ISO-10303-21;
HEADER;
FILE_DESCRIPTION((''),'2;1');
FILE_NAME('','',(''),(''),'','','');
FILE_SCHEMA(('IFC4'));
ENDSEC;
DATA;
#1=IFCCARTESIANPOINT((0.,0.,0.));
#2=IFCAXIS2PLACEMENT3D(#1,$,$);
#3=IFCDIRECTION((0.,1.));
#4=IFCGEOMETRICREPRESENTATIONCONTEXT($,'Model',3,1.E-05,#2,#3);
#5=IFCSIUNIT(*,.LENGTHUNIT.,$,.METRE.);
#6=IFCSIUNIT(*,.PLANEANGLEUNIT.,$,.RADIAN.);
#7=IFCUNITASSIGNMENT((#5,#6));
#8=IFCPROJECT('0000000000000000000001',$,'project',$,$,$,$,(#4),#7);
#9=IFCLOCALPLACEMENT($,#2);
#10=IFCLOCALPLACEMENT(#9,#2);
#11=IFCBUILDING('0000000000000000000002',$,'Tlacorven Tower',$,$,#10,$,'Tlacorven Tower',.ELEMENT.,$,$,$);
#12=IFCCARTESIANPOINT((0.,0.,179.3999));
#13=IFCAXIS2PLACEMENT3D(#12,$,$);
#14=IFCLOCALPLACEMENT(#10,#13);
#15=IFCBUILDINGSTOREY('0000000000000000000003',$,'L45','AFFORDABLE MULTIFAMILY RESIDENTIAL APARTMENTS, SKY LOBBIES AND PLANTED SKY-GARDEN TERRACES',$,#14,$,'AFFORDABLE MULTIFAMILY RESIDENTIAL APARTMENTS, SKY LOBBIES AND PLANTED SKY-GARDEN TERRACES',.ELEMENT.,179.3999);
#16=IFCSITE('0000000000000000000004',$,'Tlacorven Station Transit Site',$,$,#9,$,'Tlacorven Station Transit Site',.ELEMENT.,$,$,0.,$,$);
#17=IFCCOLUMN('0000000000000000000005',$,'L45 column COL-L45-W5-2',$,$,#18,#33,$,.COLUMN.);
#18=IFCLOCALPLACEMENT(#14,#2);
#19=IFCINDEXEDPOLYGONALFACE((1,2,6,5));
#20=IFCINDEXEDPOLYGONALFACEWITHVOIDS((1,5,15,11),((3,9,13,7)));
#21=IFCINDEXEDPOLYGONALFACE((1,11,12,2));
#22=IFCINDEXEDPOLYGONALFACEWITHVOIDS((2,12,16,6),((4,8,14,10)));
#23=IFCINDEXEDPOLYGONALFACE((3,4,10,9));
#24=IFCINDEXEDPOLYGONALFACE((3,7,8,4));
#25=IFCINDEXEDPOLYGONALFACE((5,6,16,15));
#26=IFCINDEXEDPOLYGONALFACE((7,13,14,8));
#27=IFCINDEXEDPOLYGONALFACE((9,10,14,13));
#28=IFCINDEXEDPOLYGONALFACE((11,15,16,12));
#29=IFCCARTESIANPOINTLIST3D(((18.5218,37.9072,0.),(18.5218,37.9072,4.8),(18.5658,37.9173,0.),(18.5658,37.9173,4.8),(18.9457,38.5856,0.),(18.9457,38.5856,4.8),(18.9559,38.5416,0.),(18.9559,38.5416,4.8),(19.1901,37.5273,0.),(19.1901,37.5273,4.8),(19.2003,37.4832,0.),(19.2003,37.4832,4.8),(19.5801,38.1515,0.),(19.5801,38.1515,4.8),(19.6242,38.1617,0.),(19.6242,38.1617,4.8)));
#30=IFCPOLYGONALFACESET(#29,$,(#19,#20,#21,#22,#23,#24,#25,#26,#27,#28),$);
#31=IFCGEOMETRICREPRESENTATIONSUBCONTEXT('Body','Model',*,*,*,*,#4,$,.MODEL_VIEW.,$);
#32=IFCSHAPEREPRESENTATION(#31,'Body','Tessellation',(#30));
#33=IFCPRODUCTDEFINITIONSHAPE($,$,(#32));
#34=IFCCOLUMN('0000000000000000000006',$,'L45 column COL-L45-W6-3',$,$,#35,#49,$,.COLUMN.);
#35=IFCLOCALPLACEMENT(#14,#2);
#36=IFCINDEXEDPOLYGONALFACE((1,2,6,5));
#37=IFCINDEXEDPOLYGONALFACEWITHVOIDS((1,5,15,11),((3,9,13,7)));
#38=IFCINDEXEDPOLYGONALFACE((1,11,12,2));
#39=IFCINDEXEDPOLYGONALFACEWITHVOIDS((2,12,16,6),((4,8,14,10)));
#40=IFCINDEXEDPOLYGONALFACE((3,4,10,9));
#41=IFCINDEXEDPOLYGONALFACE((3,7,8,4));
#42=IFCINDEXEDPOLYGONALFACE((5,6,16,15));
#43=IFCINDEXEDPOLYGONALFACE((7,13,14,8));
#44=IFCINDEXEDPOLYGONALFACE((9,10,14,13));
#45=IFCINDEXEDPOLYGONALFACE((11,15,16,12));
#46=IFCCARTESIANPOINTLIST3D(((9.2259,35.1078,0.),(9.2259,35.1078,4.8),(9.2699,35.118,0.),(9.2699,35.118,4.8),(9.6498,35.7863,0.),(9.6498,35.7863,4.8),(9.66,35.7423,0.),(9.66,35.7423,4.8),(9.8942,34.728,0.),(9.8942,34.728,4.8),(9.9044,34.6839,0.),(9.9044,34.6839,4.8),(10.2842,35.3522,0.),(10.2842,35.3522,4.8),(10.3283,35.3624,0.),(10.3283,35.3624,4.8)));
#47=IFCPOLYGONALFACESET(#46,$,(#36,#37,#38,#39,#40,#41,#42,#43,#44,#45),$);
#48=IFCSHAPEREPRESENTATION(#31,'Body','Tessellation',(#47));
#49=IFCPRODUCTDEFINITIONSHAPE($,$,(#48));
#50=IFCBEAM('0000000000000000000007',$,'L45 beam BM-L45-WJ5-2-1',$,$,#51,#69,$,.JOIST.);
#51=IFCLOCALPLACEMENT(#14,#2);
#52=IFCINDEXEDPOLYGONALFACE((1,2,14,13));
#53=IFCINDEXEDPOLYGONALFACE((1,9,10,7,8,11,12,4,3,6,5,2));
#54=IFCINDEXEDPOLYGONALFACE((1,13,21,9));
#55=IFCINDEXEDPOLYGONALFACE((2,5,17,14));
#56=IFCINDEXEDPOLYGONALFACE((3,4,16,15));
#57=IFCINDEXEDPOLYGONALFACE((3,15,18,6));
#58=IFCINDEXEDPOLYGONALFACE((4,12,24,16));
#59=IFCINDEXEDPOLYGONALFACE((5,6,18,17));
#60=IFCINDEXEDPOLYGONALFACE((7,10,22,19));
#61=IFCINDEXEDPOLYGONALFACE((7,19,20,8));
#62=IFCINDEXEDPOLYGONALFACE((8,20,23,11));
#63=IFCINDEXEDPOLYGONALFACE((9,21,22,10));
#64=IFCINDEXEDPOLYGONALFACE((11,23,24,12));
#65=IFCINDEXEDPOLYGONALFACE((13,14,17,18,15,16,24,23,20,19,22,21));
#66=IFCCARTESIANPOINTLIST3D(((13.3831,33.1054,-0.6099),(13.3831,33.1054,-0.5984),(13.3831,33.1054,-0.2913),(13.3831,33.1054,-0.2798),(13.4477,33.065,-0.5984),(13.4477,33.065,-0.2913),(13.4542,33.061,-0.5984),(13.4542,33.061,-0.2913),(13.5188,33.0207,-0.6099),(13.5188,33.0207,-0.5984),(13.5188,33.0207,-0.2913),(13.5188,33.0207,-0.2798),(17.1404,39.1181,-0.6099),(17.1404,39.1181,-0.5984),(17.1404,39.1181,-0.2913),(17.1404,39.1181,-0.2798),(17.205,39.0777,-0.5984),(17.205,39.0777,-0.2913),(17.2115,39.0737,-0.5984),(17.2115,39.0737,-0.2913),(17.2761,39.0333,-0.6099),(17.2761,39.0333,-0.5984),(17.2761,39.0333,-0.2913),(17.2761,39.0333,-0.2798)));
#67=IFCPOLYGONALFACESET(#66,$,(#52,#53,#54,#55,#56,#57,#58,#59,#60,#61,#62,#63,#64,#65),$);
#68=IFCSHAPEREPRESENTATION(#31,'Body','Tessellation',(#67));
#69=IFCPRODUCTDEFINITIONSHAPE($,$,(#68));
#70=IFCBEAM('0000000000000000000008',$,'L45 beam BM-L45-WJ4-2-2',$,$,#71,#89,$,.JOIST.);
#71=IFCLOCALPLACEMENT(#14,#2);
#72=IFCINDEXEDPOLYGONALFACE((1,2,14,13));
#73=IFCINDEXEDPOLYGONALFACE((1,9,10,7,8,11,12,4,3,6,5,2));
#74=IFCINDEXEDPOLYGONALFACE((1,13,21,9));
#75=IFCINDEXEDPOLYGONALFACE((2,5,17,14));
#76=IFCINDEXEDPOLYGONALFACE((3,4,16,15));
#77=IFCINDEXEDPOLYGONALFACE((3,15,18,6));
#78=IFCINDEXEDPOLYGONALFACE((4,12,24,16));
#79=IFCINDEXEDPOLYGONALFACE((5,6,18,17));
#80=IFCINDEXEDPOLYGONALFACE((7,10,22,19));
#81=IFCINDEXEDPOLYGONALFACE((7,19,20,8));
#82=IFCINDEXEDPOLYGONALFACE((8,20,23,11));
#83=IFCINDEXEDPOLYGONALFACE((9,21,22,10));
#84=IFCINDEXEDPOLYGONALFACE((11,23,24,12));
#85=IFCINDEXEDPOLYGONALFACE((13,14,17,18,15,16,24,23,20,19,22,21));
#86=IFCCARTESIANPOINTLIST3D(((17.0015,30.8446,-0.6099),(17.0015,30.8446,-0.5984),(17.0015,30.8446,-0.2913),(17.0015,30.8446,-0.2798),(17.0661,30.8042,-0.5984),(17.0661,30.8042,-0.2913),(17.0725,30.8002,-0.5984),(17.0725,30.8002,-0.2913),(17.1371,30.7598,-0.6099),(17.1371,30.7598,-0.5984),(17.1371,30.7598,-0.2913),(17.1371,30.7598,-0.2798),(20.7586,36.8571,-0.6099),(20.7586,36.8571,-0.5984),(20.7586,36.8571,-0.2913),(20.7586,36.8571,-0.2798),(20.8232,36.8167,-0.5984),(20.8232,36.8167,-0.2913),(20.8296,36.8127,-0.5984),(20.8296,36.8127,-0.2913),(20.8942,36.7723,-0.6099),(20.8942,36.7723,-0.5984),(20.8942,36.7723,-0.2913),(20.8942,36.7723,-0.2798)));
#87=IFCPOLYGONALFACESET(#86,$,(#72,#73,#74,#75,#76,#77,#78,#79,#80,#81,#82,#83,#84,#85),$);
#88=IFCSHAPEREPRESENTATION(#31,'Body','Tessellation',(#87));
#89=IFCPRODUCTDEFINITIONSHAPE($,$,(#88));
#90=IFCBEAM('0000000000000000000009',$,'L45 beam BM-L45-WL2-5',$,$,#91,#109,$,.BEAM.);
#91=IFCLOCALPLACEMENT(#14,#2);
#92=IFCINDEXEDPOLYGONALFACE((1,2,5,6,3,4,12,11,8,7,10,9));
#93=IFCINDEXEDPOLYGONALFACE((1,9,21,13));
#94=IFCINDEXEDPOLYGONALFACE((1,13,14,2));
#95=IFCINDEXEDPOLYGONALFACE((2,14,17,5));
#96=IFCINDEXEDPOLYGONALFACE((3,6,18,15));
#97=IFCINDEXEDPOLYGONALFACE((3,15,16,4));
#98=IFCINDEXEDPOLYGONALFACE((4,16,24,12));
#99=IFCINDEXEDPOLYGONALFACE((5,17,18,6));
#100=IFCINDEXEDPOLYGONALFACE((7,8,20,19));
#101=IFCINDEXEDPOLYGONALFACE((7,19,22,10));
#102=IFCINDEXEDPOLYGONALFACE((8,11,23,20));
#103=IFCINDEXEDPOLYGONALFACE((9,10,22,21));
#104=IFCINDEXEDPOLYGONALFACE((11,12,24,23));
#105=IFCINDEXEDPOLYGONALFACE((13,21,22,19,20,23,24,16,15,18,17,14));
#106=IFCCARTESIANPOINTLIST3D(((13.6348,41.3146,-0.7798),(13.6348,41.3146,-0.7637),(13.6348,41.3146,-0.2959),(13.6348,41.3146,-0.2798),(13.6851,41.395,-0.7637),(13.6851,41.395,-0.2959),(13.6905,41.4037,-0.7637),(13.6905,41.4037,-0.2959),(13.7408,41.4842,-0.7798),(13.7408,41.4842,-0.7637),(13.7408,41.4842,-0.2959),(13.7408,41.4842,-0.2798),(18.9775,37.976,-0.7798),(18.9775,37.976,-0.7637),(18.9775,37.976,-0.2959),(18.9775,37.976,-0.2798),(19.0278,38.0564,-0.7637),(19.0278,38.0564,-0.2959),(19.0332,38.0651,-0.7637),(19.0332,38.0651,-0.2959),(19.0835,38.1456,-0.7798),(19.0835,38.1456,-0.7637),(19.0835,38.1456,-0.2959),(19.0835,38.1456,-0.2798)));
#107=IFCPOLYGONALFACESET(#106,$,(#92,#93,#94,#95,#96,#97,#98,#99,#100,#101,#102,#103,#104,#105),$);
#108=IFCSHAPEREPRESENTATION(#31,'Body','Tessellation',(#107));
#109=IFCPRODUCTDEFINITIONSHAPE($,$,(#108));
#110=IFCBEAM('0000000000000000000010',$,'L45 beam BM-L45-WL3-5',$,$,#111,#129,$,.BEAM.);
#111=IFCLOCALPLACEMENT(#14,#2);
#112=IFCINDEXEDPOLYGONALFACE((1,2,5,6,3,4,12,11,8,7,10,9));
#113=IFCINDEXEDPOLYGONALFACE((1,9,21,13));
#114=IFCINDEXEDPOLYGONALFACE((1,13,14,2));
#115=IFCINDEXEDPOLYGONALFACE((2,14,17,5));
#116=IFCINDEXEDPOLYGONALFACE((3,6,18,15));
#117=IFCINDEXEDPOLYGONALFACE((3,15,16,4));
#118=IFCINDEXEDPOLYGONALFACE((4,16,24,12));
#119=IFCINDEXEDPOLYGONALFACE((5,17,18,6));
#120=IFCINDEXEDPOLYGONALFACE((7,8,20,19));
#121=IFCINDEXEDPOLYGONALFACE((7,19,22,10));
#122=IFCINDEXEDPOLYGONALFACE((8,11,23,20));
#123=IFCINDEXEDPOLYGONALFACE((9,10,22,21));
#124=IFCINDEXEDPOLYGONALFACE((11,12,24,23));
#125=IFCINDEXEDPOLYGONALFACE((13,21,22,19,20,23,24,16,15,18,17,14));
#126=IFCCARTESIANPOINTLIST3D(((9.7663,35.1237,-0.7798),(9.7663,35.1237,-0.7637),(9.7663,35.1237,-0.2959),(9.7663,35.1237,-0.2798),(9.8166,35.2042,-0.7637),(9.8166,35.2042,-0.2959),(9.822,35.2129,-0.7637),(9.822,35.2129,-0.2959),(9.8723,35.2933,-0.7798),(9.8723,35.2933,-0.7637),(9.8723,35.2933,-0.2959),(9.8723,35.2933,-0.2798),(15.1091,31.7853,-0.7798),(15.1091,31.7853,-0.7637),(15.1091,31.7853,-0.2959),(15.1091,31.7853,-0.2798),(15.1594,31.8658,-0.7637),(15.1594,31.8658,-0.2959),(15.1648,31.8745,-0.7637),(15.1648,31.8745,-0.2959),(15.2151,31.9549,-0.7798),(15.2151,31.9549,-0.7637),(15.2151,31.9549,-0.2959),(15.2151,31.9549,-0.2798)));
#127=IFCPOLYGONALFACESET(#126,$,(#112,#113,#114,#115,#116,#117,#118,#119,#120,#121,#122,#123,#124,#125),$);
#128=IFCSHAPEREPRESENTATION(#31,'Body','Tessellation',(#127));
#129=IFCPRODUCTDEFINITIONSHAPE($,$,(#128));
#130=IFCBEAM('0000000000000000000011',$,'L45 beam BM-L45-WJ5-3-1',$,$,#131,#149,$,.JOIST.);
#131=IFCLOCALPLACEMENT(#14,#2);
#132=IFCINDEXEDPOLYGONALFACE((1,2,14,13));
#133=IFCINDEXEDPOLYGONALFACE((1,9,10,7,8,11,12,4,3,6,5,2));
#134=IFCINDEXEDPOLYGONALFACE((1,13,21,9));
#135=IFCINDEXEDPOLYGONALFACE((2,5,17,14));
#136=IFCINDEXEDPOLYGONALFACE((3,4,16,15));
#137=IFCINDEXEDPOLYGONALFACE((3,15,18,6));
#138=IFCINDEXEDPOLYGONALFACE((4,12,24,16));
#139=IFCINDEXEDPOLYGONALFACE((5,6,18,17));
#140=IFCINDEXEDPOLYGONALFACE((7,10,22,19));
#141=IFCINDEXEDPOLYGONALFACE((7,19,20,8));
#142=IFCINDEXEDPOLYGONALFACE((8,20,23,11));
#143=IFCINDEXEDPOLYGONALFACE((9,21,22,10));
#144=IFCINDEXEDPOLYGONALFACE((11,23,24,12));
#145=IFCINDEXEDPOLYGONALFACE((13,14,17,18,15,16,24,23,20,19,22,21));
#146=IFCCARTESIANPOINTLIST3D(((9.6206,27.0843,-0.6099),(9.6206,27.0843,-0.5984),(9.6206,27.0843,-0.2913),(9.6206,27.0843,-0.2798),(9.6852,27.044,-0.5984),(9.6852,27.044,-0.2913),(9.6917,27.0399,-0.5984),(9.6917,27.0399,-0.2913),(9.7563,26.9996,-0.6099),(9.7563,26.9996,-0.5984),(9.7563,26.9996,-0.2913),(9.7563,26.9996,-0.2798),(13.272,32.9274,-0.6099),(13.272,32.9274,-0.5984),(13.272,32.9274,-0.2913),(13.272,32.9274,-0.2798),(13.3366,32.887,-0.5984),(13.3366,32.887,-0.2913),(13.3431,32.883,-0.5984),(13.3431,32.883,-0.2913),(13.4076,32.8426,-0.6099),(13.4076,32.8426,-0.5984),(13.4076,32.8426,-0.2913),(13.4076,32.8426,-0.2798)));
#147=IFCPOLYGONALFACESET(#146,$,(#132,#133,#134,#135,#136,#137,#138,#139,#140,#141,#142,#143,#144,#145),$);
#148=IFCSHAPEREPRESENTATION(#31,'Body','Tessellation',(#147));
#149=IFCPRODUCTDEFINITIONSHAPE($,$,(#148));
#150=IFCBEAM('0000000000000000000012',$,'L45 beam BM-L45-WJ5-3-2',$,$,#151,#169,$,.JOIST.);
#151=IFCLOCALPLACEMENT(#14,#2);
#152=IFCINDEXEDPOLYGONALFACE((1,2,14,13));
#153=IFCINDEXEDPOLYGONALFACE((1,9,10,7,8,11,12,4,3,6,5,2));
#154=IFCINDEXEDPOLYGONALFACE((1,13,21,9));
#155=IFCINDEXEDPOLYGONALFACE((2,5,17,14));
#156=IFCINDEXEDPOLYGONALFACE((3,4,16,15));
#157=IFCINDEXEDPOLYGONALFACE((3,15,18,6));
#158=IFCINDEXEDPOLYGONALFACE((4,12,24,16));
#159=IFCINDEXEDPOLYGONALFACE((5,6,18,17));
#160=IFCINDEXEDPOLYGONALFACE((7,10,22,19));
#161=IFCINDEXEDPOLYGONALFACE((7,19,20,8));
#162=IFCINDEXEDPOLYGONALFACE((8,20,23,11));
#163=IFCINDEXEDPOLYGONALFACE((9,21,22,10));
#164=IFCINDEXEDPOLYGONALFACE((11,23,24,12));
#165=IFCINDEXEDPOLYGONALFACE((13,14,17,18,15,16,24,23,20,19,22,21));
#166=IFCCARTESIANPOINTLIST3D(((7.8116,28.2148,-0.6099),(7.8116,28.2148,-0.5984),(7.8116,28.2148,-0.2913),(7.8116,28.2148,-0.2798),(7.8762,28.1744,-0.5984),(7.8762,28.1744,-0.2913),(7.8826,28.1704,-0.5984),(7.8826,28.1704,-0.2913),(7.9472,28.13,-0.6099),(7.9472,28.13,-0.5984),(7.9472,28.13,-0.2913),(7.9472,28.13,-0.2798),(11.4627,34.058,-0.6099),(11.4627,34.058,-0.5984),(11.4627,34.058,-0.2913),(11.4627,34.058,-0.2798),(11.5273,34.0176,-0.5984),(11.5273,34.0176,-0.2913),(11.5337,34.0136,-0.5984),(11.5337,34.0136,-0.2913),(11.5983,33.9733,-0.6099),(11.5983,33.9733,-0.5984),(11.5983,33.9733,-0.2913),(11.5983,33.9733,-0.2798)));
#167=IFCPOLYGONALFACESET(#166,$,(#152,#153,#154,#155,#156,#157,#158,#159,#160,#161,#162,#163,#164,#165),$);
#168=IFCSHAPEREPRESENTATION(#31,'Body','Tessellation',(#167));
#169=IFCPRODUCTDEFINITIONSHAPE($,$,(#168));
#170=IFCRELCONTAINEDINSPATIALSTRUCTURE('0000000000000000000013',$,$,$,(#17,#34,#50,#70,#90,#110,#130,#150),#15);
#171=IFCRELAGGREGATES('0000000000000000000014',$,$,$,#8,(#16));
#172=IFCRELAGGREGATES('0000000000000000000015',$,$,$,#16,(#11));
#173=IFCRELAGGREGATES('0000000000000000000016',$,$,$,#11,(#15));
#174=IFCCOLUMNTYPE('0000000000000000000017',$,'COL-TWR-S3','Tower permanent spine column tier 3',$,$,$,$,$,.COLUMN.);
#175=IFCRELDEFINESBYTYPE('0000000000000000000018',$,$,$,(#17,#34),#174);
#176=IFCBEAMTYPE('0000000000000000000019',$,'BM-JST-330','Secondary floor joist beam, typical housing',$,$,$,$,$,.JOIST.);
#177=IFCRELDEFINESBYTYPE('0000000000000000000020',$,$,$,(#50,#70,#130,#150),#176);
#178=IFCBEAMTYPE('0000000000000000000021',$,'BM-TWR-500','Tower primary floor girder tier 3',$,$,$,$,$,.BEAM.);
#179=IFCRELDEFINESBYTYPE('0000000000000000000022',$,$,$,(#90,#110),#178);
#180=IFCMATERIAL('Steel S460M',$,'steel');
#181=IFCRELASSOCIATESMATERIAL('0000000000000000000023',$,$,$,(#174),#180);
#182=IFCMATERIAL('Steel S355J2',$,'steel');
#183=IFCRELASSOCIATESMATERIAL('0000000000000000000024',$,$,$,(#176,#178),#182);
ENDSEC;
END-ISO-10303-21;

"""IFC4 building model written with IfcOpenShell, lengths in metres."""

from ifc_helpers import new_model, si_unit, direction, frame, origin, origin_2d, place, context, subcontext, project, spatial, hollow_rectangle, i_section, extrude, source, transform, mapped, material, material_profile, profile_set, type_object, element, save


model = new_model("IFC4")

# Units and contexts
model_context = context("Model", 3, precision=1e-05, world=origin(), true_north=direction((0.0, 1.0)))
body_context = subcontext(model_context, "Body", "Model", "MODEL_VIEW")
ifc_project = project(units=[si_unit("LENGTHUNIT", "METRE"), si_unit("PLANEANGLEUNIT", "RADIAN")], contexts=[model_context])

# Site, building, storey
site_placement = place(None, origin())
site = spatial("IfcSite", under=ifc_project, at=site_placement, Name="Tlacorven Station Transit Site", LongName="Tlacorven Station Transit Site", CompositionType="ELEMENT", RefElevation=0.0)
building_placement = place(site_placement, origin())
building = spatial("IfcBuilding", under=site, at=building_placement, Name="Tlacorven Tower", LongName="Tlacorven Tower", CompositionType="ELEMENT")
storey_placement = place(building_placement, frame((0.0, 0.0, 179.3999)))
storey = spatial("IfcBuildingStorey", under=building, at=storey_placement, Name="L45", Description="AFFORDABLE MULTIFAMILY RESIDENTIAL APARTMENTS, SKY LOBBIES AND PLANTED SKY-GARDEN TERRACES", LongName="AFFORDABLE MULTIFAMILY RESIDENTIAL APARTMENTS, SKY LOBBIES AND PLANTED SKY-GARDEN TERRACES", CompositionType="ELEMENT", Elevation=179.3999)

# Columns
ifc_material_1 = material(Name="Steel S460M", Category="steel")
ifc_material_profile_1 = material_profile(ifc_material_1, hollow_rectangle(XDim=0.8, YDim=0.8, WallThickness=0.032, at=origin_2d()), Name="BOX 800X800X32")
ifc_profile_set_1 = profile_set([ifc_material_profile_1], Name="Steel S460M")
column_type = type_object("IfcColumnType", Name="COL-TWR-S3", Description="Tower permanent spine column tier 3", PredefinedType="COLUMN", material=ifc_profile_set_1)
shared_shape_1 = source(origin(), body_context, "Body", "SweptSolid", [
    extrude(hollow_rectangle(XDim=0.8, YDim=0.8, WallThickness=0.032, at=origin_2d()), origin(), (0.0, 0.0, 1.0), 4.8),
])
for number, where, z_axis, x_axis, name in (
    (1, (19.073, 38.0344, 0.0), (0.0, 0.0, 1.0), (-0.848048, 0.529919, 0.0), "L45 column COL-L45-W5-2"),
    (2, (9.7771, 35.2351, 0.0), (0.0, 0.0, 1.0), (-0.848048, 0.529919, 0.0), "L45 column COL-L45-W6-3"),
):
    element("IfcColumn", number, at=place(storey_placement, frame(where, z_axis=z_axis, x_axis=x_axis)), inside=storey, type_object=column_type, Name=name, PredefinedType="COLUMN", context=body_context, shape_type="MappedRepresentation", body=[
        mapped(shared_shape_1, transform((0.0, 0.0, 0.0), scale=1.0)),
    ])

# Beams
ifc_material_2 = material(Name="Steel S355J2", Category="steel")
ifc_material_profile_2 = material_profile(ifc_material_2, i_section(OverallWidth=0.1599, OverallDepth=0.3301, WebThickness=0.0076, FlangeThickness=0.0115, at=origin_2d()), Name="IPE 330")
ifc_profile_set_2 = profile_set([ifc_material_profile_2], Name="Steel S355J2")
beam_type_1 = type_object("IfcBeamType", Name="BM-JST-330", Description="Secondary floor joist beam, typical housing", PredefinedType="JOIST", material=ifc_profile_set_2)
shared_shape_2 = source(origin(), body_context, "Body", "SweptSolid", [
    extrude(i_section(OverallWidth=0.1599, OverallDepth=0.3301, WebThickness=0.0076, FlangeThickness=0.0115, at=origin_2d()), origin(), (0.0, 0.0, 1.0), 7.0901),
])
beam_1_placement = place(storey_placement, frame((17.2083, 39.0757, -0.4448), z_axis=(-0.529937, -0.848037, 0.0), x_axis=(0.848037, -0.529937, 0.0)))
element("IfcBeam", 3, at=beam_1_placement, inside=storey, type_object=beam_type_1, Name="L45 beam BM-L45-WJ5-2-1", PredefinedType="JOIST", context=body_context, shape_type="MappedRepresentation", body=[
    mapped(shared_shape_2, transform((0.0, 0.0, 0.0), scale=1.0)),
])
shared_shape_3 = source(origin(), body_context, "Body", "SweptSolid", [
    extrude(i_section(OverallWidth=0.1599, OverallDepth=0.3301, WebThickness=0.0076, FlangeThickness=0.0115, at=origin_2d()), origin(), (0.0, 0.0, 1.0), 7.0898),
])
beam_2_placement = place(storey_placement, frame((20.8264, 36.8147, -0.4448), z_axis=(-0.529928, -0.848043, 0.0), x_axis=(0.848043, -0.529928, 0.0)))
element("IfcBeam", 4, at=beam_2_placement, inside=storey, type_object=beam_type_1, Name="L45 beam BM-L45-WJ4-2-2", PredefinedType="JOIST", context=body_context, shape_type="MappedRepresentation", body=[
    mapped(shared_shape_3, transform((0.0, 0.0, 0.0), scale=1.0)),
])
ifc_material_profile_3 = material_profile(ifc_material_2, i_section(OverallWidth=0.2, OverallDepth=0.5, WebThickness=0.0103, FlangeThickness=0.0161, at=origin_2d()), Name="IPE 500")
ifc_profile_set_3 = profile_set([ifc_material_profile_3], Name="Steel S355J2")
beam_type_2 = type_object("IfcBeamType", Name="BM-TWR-500", Description="Tower primary floor girder tier 3", PredefinedType="BEAM", material=ifc_profile_set_3)
shared_shape_4 = source(origin(), body_context, "Body", "SweptSolid", [
    extrude(i_section(OverallWidth=0.2, OverallDepth=0.5, WebThickness=0.0103, FlangeThickness=0.0161, at=origin_2d()), origin(), (0.0, 0.0, 1.0), 6.3),
])
for number, where, z_axis, x_axis, name in (
    (5, (19.0305, 38.0608, -0.5298), (-0.848042, 0.529929, 0.0), (-0.529929, -0.848042, 0.0), "L45 beam BM-L45-WL2-5"),
    (6, (15.1621, 31.8701, -0.5298), (-0.848059, 0.529901, 0.0), (-0.529901, -0.848059, 0.0), "L45 beam BM-L45-WL3-5"),
):
    element("IfcBeam", number, at=place(storey_placement, frame(where, z_axis=z_axis, x_axis=x_axis)), inside=storey, type_object=beam_type_2, Name=name, PredefinedType="BEAM", context=body_context, shape_type="MappedRepresentation", body=[
        mapped(shared_shape_4, transform((0.0, 0.0, 0.0), scale=1.0)),
    ])
shared_shape_5 = source(origin(), body_context, "Body", "SweptSolid", [
    extrude(i_section(OverallWidth=0.1599, OverallDepth=0.3301, WebThickness=0.0076, FlangeThickness=0.0115, at=origin_2d()), origin(), (0.0, 0.0, 1.0), 6.8901),
])
for number, where, z_axis, x_axis, name in (
    (7, (13.3398, 32.885, -0.4448), (-0.529945, -0.848032, 0.0), (0.848032, -0.529945, 0.0), "L45 beam BM-L45-WJ5-3-1"),
    (8, (11.5305, 34.0156, -0.4448), (-0.529903, -0.848058, 0.0), (0.848058, -0.529903, 0.0), "L45 beam BM-L45-WJ5-3-2"),
):
    element("IfcBeam", number, at=place(storey_placement, frame(where, z_axis=z_axis, x_axis=x_axis)), inside=storey, type_object=beam_type_1, Name=name, PredefinedType="JOIST", context=body_context, shape_type="MappedRepresentation", body=[
        mapped(shared_shape_5, transform((0.0, 0.0, 0.0), scale=1.0)),
    ])

save(model, "model.ifc")
